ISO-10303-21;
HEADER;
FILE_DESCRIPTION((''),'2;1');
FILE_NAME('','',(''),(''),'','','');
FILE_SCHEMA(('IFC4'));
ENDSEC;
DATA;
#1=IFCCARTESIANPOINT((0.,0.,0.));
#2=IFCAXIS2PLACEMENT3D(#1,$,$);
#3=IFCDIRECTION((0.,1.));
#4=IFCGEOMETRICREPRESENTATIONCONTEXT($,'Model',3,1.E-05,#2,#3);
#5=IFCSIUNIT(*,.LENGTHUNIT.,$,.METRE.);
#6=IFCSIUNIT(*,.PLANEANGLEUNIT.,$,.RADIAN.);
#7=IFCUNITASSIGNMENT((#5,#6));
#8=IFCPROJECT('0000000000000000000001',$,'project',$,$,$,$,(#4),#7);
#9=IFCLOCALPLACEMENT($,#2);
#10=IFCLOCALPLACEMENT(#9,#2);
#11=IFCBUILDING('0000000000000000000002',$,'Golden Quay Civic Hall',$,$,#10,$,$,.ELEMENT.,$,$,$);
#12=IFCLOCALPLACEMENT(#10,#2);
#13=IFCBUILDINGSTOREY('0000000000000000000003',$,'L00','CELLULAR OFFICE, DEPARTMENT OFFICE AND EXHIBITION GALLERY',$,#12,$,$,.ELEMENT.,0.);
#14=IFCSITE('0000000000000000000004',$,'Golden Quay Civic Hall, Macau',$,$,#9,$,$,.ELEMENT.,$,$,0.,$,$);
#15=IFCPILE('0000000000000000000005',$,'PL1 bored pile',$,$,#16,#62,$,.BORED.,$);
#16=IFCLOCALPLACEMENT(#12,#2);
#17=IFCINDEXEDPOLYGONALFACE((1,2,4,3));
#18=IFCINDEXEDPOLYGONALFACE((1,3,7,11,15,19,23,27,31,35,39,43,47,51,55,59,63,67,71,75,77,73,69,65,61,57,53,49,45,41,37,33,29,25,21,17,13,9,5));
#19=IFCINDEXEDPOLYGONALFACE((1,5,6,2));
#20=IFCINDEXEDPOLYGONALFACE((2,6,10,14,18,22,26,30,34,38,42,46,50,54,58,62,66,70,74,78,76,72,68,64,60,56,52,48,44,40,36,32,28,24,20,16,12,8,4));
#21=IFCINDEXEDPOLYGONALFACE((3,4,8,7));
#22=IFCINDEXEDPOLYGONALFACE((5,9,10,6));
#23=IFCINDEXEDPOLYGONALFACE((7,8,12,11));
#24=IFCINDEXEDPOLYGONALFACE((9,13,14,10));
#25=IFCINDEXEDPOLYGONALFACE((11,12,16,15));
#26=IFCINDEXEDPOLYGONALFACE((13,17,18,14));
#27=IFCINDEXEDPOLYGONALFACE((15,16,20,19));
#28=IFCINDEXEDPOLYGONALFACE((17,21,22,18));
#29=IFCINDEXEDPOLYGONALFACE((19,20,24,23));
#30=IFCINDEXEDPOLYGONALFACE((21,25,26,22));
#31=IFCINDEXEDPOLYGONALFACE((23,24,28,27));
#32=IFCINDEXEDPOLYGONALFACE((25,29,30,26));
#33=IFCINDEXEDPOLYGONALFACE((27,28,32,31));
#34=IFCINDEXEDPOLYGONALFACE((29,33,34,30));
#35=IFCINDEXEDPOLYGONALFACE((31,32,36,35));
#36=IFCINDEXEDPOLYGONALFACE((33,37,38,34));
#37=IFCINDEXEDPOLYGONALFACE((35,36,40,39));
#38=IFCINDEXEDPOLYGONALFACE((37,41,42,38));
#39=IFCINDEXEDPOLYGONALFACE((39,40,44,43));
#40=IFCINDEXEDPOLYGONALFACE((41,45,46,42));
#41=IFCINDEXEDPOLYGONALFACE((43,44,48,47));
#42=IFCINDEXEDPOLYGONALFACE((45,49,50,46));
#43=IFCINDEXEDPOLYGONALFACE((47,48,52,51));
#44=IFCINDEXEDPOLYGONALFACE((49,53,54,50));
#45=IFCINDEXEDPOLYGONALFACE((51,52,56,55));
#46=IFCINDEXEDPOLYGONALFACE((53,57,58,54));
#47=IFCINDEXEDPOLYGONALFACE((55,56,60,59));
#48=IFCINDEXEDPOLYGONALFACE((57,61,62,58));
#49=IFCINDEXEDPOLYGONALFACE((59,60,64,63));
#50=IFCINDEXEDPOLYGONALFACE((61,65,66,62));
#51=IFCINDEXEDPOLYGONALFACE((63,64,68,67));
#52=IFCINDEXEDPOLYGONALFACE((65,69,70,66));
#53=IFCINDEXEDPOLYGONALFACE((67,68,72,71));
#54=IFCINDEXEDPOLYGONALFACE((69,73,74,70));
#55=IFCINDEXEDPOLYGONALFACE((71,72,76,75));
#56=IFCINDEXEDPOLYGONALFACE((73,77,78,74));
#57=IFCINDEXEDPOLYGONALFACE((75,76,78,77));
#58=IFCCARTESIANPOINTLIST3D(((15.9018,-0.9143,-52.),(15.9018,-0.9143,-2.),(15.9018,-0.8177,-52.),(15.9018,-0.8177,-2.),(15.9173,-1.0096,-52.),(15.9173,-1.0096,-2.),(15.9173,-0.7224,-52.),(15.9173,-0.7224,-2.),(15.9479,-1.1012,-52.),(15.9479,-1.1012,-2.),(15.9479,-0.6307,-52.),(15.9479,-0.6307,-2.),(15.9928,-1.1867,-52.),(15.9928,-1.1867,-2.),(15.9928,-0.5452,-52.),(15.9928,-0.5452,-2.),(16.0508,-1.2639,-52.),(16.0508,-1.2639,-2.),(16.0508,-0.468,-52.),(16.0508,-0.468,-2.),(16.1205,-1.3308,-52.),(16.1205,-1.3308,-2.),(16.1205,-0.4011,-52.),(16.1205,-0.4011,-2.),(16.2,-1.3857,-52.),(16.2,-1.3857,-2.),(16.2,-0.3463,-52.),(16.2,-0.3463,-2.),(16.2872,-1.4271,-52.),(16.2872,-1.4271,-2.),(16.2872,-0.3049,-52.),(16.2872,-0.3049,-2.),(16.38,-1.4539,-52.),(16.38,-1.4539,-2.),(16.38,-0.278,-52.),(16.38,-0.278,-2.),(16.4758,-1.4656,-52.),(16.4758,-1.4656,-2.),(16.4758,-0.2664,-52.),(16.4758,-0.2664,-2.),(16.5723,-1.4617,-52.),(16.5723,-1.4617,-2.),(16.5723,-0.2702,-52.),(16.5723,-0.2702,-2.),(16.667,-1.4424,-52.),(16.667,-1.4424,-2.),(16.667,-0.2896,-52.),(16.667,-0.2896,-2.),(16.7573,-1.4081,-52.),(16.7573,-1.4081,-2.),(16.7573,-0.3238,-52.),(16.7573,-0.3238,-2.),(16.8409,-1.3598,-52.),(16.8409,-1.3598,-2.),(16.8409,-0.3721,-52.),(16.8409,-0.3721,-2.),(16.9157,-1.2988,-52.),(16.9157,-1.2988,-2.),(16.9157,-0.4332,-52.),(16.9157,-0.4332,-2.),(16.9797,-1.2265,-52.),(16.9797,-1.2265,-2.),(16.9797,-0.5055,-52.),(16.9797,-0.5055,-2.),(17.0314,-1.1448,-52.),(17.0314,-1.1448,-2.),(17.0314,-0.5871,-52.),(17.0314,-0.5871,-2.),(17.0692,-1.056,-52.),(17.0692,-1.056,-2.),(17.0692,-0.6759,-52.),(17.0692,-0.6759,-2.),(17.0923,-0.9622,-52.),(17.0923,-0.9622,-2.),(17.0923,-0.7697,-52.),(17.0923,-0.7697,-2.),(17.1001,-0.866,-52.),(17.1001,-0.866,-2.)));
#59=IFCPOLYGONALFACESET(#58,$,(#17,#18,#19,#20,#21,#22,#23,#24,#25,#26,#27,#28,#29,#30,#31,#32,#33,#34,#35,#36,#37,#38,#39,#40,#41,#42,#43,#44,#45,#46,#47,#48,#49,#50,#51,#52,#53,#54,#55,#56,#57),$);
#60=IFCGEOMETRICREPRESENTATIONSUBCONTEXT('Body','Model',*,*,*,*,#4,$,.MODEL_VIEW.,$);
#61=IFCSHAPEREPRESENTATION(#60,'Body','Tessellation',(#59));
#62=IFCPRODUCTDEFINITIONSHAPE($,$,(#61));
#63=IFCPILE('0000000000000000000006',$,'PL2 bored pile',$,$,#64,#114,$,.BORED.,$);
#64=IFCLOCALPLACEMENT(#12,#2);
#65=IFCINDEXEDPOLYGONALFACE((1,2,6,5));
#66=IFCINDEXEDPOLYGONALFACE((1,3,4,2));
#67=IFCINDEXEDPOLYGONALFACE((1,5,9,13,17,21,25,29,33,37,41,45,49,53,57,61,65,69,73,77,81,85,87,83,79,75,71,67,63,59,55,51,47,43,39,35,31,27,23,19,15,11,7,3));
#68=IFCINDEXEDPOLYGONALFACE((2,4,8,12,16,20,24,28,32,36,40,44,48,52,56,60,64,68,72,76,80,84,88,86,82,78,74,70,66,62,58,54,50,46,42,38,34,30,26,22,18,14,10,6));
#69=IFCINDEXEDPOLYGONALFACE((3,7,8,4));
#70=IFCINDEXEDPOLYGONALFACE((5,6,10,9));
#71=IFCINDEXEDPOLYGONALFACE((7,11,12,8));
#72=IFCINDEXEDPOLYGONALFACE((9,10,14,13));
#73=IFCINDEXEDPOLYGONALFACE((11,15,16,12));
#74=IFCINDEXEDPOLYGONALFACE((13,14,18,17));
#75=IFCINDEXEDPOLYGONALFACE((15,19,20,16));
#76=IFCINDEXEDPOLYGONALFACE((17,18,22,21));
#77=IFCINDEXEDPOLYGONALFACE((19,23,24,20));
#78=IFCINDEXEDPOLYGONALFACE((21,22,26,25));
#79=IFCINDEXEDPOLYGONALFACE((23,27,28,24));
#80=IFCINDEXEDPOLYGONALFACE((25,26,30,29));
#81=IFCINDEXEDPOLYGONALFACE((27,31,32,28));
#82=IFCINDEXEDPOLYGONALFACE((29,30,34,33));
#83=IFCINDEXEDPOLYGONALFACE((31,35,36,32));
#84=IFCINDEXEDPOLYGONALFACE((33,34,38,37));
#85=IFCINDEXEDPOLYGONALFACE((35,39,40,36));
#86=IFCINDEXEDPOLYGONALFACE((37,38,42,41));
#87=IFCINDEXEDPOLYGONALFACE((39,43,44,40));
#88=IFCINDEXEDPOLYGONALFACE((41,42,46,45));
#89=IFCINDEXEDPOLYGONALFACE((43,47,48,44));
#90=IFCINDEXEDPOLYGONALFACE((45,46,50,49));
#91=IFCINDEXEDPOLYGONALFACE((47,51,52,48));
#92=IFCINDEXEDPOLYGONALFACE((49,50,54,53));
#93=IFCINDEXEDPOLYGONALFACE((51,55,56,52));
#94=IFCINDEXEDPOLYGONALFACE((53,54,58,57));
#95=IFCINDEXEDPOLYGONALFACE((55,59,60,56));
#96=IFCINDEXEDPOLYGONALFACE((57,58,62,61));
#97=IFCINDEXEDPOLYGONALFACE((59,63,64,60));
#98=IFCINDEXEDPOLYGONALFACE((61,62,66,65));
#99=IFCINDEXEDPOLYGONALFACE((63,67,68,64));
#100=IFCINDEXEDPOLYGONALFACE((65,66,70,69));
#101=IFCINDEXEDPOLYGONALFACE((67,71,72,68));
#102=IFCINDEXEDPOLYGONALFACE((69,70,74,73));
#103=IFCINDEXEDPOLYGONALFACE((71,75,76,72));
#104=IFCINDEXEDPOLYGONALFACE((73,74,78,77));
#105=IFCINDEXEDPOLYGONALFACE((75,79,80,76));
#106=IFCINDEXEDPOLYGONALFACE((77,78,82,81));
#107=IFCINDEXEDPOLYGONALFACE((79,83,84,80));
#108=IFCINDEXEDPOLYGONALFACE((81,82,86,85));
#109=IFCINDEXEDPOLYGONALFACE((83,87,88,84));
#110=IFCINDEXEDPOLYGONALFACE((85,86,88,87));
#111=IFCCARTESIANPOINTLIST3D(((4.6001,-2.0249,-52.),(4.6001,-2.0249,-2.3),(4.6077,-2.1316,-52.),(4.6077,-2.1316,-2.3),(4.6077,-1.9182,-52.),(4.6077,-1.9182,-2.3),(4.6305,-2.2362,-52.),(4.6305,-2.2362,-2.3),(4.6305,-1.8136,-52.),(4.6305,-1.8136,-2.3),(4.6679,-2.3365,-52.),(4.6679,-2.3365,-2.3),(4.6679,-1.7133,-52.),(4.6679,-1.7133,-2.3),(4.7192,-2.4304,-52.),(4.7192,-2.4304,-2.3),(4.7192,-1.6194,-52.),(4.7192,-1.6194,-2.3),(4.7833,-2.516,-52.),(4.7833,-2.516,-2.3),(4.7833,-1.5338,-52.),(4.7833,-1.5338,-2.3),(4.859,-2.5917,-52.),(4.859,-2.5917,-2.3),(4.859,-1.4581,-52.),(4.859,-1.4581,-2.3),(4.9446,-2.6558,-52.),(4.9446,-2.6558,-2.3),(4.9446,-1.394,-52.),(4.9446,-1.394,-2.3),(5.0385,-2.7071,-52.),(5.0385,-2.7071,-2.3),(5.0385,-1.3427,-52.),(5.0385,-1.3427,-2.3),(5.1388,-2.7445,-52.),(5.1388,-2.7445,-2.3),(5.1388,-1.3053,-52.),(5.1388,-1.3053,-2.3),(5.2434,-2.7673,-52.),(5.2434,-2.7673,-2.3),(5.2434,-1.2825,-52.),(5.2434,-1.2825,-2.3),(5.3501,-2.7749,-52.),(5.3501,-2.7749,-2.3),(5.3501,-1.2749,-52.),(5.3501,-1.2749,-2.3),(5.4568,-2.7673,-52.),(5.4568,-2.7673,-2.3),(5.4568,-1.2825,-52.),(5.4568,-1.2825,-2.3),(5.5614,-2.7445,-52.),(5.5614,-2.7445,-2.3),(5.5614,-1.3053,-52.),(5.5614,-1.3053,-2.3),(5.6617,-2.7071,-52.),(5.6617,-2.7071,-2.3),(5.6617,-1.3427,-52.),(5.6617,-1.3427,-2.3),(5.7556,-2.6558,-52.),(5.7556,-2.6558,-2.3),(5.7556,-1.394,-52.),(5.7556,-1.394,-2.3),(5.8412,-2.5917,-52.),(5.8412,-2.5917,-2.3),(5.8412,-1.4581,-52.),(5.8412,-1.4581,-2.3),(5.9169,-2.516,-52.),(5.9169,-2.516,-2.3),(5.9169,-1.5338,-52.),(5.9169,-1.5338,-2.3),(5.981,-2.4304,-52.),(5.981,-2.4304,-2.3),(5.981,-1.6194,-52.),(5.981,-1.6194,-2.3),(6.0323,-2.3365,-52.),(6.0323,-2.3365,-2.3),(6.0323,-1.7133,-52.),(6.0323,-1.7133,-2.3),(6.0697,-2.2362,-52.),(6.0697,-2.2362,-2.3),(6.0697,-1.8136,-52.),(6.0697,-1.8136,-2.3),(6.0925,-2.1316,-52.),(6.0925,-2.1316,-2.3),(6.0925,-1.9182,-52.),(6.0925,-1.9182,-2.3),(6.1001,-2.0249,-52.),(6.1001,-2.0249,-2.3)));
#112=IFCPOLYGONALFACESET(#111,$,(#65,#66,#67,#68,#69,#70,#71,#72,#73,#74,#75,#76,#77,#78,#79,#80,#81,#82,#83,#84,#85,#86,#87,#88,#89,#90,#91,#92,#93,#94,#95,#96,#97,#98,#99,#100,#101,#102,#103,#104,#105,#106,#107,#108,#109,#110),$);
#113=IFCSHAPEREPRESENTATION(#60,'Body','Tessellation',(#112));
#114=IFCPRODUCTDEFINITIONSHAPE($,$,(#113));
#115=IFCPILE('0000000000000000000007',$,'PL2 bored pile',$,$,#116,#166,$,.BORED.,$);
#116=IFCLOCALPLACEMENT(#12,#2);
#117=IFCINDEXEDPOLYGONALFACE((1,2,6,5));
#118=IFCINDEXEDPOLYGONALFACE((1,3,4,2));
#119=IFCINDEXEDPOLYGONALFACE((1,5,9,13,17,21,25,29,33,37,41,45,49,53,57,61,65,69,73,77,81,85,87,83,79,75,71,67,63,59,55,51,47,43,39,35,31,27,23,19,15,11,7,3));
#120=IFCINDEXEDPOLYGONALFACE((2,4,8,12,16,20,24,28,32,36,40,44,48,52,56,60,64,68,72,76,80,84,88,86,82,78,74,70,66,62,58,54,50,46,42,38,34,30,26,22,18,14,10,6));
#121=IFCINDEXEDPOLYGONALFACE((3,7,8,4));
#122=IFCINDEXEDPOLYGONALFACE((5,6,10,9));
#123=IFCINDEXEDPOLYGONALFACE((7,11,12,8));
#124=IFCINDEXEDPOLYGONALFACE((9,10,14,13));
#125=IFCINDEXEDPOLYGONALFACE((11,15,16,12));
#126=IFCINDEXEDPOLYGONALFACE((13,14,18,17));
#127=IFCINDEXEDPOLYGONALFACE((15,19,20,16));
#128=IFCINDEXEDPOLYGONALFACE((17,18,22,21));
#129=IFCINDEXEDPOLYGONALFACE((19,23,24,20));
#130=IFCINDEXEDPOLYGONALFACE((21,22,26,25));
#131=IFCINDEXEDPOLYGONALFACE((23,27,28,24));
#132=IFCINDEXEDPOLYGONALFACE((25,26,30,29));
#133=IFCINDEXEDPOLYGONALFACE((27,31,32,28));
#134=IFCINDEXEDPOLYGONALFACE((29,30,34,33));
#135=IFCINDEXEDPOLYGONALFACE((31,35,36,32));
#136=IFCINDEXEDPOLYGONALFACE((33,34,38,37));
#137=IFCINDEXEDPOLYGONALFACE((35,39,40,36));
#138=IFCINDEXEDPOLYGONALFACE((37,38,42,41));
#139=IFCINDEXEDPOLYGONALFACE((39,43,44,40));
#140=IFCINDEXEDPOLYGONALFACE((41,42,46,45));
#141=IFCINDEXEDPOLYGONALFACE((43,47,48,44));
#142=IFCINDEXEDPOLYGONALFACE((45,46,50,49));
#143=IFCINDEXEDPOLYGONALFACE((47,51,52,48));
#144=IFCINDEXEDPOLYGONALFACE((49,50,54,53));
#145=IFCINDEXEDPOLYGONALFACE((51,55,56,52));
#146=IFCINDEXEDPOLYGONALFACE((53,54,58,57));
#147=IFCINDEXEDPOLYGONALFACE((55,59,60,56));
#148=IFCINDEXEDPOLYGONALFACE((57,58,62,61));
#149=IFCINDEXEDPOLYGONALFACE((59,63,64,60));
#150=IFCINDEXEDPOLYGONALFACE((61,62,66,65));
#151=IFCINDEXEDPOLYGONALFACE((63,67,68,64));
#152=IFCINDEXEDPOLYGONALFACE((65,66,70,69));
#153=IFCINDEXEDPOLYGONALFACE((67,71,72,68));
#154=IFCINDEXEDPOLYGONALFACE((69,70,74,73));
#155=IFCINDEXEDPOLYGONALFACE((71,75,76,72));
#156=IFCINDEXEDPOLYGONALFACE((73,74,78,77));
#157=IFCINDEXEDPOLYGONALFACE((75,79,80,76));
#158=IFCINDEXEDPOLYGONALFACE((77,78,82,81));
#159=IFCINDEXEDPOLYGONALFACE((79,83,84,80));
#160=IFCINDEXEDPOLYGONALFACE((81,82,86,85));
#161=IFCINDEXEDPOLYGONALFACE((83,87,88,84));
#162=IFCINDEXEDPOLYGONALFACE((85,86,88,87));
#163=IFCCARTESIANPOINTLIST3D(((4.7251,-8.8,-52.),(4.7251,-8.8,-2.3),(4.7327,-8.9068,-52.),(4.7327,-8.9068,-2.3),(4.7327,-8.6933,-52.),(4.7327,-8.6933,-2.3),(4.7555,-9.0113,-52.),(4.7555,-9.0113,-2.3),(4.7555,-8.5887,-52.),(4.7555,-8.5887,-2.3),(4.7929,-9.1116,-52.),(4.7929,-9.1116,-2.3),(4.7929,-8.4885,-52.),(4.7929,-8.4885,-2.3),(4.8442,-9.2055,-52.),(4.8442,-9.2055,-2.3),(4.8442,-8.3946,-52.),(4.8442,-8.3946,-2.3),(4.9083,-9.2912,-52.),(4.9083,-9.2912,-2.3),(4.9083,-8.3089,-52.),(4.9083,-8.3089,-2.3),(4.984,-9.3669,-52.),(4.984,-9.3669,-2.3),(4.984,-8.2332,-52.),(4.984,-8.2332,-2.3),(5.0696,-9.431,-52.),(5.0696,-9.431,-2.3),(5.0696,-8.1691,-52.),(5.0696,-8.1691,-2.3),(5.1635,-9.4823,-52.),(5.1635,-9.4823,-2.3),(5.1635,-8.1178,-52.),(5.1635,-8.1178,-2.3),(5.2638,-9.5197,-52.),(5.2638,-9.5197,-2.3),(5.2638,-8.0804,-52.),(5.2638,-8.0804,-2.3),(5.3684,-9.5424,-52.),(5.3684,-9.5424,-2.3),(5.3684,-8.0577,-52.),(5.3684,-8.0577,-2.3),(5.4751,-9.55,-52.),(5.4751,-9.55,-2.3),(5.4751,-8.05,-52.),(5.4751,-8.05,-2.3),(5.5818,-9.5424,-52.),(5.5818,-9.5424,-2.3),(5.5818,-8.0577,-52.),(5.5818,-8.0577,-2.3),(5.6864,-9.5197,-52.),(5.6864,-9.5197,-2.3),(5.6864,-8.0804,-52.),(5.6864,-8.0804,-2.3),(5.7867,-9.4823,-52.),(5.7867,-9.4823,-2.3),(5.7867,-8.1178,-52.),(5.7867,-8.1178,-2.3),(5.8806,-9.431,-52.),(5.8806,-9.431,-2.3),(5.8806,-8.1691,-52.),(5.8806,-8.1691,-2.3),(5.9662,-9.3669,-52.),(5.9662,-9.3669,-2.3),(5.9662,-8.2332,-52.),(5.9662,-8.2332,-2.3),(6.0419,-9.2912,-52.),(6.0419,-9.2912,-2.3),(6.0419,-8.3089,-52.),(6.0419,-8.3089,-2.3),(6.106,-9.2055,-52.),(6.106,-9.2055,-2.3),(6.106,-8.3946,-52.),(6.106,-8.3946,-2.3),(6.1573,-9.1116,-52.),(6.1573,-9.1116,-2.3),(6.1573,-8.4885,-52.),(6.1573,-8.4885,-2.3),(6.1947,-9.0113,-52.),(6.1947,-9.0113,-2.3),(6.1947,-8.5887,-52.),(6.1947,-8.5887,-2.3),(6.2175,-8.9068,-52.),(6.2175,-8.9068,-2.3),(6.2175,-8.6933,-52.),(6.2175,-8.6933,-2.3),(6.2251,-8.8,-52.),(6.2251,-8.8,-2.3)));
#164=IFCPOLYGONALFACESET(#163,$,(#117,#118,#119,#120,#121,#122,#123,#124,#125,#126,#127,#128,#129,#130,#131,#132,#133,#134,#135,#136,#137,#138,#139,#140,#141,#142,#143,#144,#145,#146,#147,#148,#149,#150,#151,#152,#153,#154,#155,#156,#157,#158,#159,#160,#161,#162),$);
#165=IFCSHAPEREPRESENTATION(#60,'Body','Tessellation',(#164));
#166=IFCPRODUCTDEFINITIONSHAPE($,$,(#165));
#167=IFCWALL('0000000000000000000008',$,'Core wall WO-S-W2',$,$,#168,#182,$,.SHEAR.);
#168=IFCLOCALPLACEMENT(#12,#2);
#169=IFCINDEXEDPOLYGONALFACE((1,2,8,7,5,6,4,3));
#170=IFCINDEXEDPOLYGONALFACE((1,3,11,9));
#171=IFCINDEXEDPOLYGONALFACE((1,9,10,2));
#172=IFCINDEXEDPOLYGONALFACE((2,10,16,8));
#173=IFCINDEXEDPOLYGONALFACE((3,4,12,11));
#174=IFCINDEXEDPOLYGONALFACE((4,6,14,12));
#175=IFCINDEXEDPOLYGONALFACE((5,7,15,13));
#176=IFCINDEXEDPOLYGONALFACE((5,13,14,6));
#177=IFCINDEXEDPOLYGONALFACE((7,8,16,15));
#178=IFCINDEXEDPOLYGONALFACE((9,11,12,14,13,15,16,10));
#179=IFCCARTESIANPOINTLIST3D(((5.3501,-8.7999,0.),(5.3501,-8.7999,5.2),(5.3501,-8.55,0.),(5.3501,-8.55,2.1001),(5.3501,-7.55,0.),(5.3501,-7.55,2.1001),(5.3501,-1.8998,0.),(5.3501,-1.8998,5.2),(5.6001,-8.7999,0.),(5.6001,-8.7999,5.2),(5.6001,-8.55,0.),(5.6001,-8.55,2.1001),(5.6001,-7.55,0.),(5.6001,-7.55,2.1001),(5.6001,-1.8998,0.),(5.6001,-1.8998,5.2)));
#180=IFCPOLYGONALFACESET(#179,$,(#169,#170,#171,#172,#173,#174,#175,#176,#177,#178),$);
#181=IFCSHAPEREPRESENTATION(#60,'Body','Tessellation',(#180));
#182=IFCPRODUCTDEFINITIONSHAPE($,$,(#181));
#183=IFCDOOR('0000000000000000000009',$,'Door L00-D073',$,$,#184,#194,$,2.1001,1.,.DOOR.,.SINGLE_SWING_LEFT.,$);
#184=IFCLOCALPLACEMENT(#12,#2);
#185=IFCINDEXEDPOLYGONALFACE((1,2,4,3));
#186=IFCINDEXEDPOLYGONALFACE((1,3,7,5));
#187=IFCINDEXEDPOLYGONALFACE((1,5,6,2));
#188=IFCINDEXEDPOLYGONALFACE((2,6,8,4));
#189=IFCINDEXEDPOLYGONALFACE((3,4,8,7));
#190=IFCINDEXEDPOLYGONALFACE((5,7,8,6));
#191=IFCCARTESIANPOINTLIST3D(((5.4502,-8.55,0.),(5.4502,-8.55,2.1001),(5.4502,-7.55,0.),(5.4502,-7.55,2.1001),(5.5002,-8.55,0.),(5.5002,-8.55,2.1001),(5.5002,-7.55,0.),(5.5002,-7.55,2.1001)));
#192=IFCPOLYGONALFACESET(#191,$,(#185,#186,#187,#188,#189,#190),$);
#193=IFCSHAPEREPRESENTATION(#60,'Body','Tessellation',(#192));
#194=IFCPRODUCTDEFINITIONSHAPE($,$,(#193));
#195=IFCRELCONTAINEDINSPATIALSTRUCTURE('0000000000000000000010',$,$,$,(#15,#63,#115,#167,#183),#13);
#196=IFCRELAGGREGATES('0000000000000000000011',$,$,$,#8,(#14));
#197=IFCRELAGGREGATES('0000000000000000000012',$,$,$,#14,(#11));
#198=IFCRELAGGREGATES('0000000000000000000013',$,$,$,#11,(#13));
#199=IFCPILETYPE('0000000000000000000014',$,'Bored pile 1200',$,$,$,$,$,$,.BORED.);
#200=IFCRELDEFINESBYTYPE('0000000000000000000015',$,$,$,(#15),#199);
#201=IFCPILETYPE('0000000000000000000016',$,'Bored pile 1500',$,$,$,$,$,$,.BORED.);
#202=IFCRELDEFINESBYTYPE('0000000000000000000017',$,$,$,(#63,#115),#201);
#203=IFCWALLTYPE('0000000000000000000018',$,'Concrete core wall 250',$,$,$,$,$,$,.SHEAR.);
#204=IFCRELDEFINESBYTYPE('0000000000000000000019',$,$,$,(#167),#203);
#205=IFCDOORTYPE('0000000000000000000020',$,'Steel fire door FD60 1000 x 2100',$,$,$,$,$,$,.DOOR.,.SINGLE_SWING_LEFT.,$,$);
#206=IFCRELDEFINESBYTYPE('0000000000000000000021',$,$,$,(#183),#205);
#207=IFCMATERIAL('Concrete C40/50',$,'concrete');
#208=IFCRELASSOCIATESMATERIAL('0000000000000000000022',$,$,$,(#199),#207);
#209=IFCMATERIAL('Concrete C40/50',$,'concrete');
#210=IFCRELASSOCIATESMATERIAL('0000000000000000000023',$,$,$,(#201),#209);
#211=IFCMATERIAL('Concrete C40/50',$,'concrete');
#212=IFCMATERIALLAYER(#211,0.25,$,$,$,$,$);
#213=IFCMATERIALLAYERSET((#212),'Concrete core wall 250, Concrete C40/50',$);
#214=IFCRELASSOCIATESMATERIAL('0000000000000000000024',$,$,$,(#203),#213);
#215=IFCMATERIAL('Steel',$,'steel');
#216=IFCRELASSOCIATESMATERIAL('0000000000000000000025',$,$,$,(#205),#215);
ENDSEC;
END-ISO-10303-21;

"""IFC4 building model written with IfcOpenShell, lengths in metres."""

from ifc_helpers import new_model, si_unit, direction, frame, frame_2d, origin, origin_2d, place, context, subcontext, project, spatial, rectangle, circle, extrude, material, layer, layer_set, material_profile, profile_set, type_object, element, fill, save


model = new_model("IFC4")

# Units and contexts
model_context = context("Model", 3, precision=1e-05, world=origin(), true_north=direction((0.0, 1.0)))
body_context = subcontext(model_context, "Body", "Model", "MODEL_VIEW")
ifc_project = project(units=[si_unit("LENGTHUNIT", "METRE"), si_unit("PLANEANGLEUNIT", "RADIAN")], contexts=[model_context])

# Site, building, storey
site_placement = place(None, origin())
site = spatial("IfcSite", under=ifc_project, at=site_placement, Name="Golden Quay Civic Hall, Macau", CompositionType="ELEMENT", RefElevation=0.0)
building_placement = place(site_placement, origin())
building = spatial("IfcBuilding", under=site, at=building_placement, Name="Golden Quay Civic Hall", CompositionType="ELEMENT")
storey_placement = place(building_placement, origin())
storey = spatial("IfcBuildingStorey", under=building, at=storey_placement, Name="L00", Description="CELLULAR OFFICE, DEPARTMENT OFFICE AND EXHIBITION GALLERY", CompositionType="ELEMENT", Elevation=0.0)

# Piles
ifc_material_1 = material(Name="Concrete C40/50", Category="concrete")
ifc_material_profile_1 = material_profile(ifc_material_1, circle(Radius=0.6001, at=origin_2d()), Name="RC D1200")
ifc_profile_set_1 = profile_set([ifc_material_profile_1], Name="Concrete C40/50")
pile_type_1 = type_object("IfcPileType", Name="Bored pile 1200", PredefinedType="BORED", material=ifc_profile_set_1)
pile_placement = place(storey_placement, frame((16.5, -0.866, -2.0), z_axis=(0.0, 0.0, -1.0), x_axis=(1.0, 0.0, 0.0)))
element("IfcPile", 1, at=pile_placement, inside=storey, type_object=pile_type_1, Name="PL1 bored pile", PredefinedType="BORED", context=body_context, shape_type="SweptSolid", body=[
    extrude(circle(Radius=0.6001, at=origin_2d()), origin(), (0.0, 0.0, 1.0), 50.0),
])
ifc_material_2 = material(Name="Concrete C40/50", Category="concrete")
ifc_material_profile_2 = material_profile(ifc_material_2, circle(Radius=0.75, at=origin_2d()), Name="RC D1500")
ifc_profile_set_2 = profile_set([ifc_material_profile_2], Name="Concrete C40/50")
pile_type_2 = type_object("IfcPileType", Name="Bored pile 1500", PredefinedType="BORED", material=ifc_profile_set_2)
for number, where, z_axis, x_axis, name in (
    (2, (5.3501, -2.0249, -2.3), (0.0, 0.0, -1.0), (1.0, 0.0, 0.0), "PL2 bored pile"),
    (3, (5.4751, -8.8, -2.3), (0.0, 0.0, -1.0), (1.0, 0.0, 0.0), "PL2 bored pile"),
):
    element("IfcPile", number, at=place(storey_placement, frame(where, z_axis=z_axis, x_axis=x_axis)), inside=storey, type_object=pile_type_2, Name=name, PredefinedType="BORED", context=body_context, shape_type="SweptSolid", body=[
        extrude(circle(Radius=0.75, at=origin_2d()), origin(), (0.0, 0.0, 1.0), 49.7),
    ])

# Wall, opening, door
ifc_material_3 = material(Name="Concrete C40/50", Category="concrete")
ifc_layer_1 = layer(ifc_material_3, 0.25)
ifc_layer_set_1 = layer_set([ifc_layer_1], Name="Concrete core wall 250, Concrete C40/50")
wall_type_1 = type_object("IfcWallType", Name="Concrete core wall 250", PredefinedType="SHEAR", material=ifc_layer_set_1)
wall_1_placement = place(storey_placement, frame((5.4751, -8.8, 0.0), z_axis=(0.0, 0.0, 1.0), x_axis=(0.0, 1.0, 0.0)))
wall_1 = element("IfcWall", 4, at=wall_1_placement, inside=storey, type_object=wall_type_1, Name="Core wall WO-S-W2", PredefinedType="SHEAR", context=body_context, shape_type="SweptSolid", body=[
    extrude(rectangle(XDim=6.9001, YDim=0.25, at=frame_2d((3.4502, 0.0))), origin(), (0.0, 0.0, 1.0), 5.2),
])
opening_1_placement = place(wall_1_placement, frame((0.25, 0.0, 0.0)))
opening_1 = element("IfcOpeningElement", 5, at=opening_1_placement, cuts=wall_1, PredefinedType="OPENING", context=body_context, shape_type="SweptSolid", body=[
    extrude(rectangle(XDim=1.0, YDim=2.1001, at=frame_2d((0.5, 1.05))), frame((0.0, 0.135, 0.0), z_axis=(0.0, -1.0, 0.0), x_axis=(1.0, 0.0, 0.0)), (0.0, 0.0, 1.0), 0.27),
])
ifc_material_4 = material(Name="Steel", Category="steel")
door_type_1 = type_object("IfcDoorType", Name="Steel fire door FD60 1000 x 2100", OperationType="SINGLE_SWING_LEFT", PredefinedType="DOOR", material=ifc_material_4)
door_1_placement = place(opening_1_placement, origin())
door_1 = element("IfcDoor", 6, at=door_1_placement, inside=storey, type_object=door_type_1, Name="Door L00-D073", OperationType="SINGLE_SWING_LEFT", OverallHeight=2.1001, OverallWidth=1.0, PredefinedType="DOOR", context=body_context, shape_type="SweptSolid", body=[
    extrude(rectangle(XDim=1.0, YDim=2.1001, at=frame_2d((0.5, 1.05))), frame((0.0, 0.0249, 0.0), z_axis=(0.0, -1.0, 0.0), x_axis=(1.0, 0.0, 0.0)), (0.0, 0.0, 1.0), 0.05),
])
fill(opening_1, door_1)

save(model, "model.ifc")
